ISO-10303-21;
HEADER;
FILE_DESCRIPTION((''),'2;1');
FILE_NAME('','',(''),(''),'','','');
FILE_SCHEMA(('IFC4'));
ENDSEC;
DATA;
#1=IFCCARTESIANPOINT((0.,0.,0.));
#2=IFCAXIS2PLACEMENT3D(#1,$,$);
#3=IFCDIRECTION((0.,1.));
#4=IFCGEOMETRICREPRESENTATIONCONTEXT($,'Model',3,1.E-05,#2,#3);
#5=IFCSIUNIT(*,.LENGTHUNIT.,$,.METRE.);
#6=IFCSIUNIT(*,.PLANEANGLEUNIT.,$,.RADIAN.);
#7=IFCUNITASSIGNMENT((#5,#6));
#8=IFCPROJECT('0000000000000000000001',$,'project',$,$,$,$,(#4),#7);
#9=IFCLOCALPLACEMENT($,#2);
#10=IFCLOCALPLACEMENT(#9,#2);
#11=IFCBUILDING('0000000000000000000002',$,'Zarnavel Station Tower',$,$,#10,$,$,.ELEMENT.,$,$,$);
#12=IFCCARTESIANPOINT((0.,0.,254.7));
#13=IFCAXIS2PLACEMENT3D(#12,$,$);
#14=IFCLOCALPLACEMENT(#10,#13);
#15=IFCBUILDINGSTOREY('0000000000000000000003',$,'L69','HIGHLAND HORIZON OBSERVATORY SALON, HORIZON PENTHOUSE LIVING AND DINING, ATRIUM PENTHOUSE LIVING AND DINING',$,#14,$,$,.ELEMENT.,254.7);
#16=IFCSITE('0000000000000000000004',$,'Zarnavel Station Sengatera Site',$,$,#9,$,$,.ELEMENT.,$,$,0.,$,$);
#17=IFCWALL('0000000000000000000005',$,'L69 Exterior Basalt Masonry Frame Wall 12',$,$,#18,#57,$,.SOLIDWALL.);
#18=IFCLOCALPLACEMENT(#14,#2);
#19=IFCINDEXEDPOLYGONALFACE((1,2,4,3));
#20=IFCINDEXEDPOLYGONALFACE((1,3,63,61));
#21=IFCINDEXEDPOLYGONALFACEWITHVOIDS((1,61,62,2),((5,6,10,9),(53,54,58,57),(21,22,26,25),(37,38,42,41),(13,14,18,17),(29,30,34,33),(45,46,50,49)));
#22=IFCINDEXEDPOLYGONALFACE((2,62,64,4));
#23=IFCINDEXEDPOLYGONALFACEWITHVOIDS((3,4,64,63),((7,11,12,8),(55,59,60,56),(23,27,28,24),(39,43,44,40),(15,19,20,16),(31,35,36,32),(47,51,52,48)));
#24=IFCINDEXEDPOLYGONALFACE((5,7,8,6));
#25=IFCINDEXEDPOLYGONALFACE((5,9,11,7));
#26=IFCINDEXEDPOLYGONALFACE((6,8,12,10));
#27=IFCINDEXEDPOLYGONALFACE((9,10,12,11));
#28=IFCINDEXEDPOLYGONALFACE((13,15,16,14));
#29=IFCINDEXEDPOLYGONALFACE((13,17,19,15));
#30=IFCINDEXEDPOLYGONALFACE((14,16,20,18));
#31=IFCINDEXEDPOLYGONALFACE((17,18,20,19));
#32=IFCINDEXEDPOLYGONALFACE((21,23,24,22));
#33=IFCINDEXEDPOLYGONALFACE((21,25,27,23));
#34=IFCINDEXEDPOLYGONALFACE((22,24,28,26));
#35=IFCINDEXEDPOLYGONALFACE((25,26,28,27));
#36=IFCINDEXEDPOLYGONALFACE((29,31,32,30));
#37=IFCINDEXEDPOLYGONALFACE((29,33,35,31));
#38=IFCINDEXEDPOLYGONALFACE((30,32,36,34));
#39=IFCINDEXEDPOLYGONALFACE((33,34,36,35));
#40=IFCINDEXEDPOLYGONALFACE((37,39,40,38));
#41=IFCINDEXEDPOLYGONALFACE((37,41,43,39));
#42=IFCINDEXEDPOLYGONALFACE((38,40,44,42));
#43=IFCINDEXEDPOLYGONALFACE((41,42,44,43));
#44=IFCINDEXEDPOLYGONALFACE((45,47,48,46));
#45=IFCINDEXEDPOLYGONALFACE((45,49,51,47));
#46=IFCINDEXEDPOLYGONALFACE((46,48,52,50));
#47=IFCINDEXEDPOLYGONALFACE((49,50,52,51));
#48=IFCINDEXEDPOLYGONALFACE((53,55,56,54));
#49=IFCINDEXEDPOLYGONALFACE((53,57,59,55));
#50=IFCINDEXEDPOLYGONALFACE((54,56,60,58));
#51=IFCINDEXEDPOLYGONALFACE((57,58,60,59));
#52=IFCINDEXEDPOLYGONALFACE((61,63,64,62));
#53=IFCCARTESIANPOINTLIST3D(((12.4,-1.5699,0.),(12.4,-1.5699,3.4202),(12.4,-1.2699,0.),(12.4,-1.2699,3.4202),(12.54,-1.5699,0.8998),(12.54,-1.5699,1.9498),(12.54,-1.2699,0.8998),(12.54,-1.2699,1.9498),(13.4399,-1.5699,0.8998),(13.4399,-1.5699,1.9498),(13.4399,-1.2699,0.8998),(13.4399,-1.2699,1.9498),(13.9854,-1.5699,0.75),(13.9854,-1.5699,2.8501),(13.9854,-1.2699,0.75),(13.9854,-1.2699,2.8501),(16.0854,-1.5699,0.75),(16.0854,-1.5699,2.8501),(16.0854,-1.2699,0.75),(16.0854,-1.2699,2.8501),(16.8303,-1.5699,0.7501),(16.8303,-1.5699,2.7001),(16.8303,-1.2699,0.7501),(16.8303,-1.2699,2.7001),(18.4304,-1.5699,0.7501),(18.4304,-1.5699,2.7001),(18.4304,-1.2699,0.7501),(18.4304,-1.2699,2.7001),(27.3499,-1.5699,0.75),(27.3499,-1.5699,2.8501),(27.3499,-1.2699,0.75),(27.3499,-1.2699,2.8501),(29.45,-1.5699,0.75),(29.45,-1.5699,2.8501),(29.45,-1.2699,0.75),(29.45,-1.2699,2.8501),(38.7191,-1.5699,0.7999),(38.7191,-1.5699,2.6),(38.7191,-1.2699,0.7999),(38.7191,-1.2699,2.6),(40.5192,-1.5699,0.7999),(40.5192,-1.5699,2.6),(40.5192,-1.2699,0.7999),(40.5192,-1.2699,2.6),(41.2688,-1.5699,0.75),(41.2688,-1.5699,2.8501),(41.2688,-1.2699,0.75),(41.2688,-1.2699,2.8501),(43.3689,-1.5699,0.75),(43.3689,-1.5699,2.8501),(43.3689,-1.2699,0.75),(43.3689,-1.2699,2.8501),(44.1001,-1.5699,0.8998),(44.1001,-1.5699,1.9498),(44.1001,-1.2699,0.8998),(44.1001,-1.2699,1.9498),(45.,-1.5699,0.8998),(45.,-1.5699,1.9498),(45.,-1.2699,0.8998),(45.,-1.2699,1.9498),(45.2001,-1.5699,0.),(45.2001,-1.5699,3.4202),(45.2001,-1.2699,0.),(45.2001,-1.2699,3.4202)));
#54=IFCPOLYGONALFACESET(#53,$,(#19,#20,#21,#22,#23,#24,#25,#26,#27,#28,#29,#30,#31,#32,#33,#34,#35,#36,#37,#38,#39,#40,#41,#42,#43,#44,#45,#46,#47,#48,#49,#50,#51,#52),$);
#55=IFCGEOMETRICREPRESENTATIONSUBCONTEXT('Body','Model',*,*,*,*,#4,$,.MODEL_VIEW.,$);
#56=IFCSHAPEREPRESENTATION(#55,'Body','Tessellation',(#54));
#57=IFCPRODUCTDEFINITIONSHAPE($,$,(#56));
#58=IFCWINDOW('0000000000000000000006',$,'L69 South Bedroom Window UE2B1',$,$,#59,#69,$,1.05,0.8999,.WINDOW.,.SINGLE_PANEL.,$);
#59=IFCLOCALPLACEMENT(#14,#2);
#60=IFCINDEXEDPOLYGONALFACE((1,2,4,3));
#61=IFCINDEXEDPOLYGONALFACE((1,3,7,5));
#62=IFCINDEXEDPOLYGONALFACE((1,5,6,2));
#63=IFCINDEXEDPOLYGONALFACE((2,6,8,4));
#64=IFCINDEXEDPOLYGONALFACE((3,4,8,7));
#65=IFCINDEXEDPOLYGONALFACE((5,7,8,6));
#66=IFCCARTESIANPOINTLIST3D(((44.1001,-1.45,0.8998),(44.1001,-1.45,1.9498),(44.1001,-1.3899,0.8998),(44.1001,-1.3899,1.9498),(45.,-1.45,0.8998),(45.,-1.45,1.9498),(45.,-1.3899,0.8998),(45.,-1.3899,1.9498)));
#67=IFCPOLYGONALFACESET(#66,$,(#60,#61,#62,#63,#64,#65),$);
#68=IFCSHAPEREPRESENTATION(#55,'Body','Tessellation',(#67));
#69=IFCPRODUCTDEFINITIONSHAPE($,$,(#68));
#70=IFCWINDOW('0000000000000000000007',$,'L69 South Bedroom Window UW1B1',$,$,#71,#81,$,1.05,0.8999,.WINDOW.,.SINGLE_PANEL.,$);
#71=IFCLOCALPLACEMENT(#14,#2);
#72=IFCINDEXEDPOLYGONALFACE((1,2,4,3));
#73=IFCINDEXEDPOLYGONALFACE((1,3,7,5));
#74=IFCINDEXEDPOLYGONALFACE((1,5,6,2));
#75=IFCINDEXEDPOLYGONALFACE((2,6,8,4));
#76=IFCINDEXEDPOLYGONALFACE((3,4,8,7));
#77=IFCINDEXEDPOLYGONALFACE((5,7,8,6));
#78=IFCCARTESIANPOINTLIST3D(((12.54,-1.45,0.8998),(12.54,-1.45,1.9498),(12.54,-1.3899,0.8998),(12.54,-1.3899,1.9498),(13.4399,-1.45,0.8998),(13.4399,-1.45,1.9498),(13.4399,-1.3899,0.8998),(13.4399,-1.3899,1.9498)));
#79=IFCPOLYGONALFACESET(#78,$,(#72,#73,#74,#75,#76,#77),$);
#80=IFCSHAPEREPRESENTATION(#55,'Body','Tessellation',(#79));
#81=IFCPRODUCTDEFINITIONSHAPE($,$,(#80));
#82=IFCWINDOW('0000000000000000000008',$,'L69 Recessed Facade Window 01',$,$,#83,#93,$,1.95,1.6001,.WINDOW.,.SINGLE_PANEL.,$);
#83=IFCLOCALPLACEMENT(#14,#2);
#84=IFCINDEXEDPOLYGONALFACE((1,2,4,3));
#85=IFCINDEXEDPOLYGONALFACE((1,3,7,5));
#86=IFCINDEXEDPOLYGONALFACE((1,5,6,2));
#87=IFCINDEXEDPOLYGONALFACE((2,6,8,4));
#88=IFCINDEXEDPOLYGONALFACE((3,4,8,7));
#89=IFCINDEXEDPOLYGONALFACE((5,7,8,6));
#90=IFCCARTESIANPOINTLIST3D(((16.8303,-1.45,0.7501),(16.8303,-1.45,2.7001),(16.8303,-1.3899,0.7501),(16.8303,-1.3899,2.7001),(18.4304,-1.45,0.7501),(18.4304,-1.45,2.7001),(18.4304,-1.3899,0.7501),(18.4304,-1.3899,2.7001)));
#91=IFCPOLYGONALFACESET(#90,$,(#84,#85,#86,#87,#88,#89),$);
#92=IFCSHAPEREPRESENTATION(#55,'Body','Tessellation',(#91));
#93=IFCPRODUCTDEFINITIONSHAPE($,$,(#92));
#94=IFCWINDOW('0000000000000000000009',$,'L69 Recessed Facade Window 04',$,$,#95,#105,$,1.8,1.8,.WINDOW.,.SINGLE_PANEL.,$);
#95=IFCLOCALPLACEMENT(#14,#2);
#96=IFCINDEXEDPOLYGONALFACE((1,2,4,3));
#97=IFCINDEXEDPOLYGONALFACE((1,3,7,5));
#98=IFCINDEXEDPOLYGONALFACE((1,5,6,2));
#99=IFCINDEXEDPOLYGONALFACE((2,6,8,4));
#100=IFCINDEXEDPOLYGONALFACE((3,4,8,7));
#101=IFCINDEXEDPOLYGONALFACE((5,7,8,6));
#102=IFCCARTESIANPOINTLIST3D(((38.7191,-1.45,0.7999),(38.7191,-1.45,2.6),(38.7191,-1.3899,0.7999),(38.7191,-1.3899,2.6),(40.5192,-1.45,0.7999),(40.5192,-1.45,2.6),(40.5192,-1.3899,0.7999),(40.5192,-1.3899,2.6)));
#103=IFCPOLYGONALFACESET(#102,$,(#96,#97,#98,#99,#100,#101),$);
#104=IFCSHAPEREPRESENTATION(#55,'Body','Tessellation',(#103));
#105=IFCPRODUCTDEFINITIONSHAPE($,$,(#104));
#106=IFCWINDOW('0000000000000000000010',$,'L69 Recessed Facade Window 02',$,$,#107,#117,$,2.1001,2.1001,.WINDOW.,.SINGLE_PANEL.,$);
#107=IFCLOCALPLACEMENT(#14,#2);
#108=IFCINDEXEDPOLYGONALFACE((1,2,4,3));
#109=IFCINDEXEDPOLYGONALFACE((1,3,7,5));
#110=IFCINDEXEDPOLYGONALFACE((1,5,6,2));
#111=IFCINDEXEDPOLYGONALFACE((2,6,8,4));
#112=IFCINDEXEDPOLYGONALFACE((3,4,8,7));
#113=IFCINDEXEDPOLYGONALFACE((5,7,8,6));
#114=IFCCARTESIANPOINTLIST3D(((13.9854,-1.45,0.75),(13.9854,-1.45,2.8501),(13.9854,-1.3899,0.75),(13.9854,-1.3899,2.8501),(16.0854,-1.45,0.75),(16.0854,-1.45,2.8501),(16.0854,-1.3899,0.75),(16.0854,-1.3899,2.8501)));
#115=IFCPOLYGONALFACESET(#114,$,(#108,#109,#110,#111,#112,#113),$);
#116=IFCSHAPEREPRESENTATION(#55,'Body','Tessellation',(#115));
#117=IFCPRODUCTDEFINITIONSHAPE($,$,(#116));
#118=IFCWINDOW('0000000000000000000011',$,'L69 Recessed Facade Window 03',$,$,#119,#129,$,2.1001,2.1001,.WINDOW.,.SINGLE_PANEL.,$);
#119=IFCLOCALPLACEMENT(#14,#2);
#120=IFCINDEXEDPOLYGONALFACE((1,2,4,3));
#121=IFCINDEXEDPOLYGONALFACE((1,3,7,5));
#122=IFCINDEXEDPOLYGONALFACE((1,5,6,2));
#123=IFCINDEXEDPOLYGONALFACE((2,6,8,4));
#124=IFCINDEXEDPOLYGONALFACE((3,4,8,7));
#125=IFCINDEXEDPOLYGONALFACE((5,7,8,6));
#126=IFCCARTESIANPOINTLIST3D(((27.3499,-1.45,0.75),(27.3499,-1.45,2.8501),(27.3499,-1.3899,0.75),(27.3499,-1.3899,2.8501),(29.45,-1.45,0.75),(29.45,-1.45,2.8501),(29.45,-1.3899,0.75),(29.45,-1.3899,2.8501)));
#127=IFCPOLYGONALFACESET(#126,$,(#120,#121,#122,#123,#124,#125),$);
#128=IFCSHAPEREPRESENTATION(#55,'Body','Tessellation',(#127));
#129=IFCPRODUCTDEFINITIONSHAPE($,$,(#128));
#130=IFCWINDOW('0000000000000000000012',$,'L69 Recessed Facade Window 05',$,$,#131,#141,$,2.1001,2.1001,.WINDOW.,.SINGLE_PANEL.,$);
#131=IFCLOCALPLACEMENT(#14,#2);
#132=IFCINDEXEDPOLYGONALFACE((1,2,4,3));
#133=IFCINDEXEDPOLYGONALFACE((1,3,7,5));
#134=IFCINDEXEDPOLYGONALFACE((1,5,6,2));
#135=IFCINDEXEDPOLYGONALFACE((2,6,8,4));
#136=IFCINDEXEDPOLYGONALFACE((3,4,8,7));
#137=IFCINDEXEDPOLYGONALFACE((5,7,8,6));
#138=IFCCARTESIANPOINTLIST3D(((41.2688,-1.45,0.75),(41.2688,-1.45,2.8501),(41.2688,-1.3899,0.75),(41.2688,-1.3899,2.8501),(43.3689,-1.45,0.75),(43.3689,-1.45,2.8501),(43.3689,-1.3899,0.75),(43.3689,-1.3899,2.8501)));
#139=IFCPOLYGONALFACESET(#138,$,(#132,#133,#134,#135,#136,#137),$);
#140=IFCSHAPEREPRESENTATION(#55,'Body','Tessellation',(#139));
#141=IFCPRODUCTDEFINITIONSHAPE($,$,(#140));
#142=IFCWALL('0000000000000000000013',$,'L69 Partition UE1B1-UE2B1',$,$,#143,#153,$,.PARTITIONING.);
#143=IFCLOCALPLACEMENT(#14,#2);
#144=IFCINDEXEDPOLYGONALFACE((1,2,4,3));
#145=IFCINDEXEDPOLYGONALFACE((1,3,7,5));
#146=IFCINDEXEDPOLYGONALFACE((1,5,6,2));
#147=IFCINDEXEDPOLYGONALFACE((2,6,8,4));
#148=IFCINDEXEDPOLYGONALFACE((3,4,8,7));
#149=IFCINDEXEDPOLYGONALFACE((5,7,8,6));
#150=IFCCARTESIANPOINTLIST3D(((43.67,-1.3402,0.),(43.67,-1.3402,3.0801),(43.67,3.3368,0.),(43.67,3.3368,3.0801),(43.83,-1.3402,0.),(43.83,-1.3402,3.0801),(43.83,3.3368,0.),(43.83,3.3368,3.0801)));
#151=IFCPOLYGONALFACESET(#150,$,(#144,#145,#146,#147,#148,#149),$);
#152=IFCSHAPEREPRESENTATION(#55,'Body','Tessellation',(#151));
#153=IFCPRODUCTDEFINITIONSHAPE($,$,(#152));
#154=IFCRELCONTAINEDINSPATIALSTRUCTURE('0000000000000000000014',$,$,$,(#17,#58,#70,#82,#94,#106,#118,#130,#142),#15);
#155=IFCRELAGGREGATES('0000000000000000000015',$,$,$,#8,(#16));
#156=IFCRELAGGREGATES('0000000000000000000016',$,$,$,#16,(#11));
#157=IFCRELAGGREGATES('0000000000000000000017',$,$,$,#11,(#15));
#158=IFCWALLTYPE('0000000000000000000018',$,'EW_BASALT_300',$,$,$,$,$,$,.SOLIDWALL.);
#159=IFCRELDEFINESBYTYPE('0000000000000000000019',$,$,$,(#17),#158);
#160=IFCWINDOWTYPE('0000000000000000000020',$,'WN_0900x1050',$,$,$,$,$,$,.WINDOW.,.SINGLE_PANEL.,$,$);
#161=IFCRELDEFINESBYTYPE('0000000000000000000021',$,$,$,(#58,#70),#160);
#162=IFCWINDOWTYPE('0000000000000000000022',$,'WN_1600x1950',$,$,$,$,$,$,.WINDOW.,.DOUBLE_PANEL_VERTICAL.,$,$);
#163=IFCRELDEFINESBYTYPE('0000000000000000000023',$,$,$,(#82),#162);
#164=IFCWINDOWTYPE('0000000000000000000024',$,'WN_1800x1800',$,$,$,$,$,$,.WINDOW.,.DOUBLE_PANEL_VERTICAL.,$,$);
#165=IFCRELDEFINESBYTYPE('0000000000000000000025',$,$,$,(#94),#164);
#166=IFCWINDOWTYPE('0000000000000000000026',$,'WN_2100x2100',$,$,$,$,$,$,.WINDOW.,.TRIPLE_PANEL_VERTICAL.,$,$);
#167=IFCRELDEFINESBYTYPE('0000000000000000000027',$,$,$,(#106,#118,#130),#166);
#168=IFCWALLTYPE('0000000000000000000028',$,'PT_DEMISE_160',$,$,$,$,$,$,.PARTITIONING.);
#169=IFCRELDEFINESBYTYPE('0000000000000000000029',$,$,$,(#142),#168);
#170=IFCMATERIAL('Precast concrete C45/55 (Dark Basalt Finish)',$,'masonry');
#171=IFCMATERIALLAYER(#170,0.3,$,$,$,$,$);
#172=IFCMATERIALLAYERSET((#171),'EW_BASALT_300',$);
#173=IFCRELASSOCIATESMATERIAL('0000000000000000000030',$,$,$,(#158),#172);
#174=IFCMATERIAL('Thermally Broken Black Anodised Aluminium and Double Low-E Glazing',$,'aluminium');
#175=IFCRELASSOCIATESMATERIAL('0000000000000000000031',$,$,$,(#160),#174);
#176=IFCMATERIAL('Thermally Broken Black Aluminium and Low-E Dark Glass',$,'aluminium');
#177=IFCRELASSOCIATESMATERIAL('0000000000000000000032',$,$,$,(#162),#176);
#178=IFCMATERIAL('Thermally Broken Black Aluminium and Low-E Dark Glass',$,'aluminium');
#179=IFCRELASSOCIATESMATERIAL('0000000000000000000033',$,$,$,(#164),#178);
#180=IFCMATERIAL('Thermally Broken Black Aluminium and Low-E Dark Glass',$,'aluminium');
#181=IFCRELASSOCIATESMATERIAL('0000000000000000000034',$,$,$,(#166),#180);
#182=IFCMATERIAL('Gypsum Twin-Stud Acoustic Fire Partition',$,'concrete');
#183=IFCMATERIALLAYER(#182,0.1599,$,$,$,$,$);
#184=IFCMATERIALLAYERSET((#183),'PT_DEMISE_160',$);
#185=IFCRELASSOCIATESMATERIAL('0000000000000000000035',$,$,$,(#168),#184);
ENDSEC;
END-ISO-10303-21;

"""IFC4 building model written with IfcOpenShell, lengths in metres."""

from ifc_helpers import new_model, si_unit, direction, frame, frame_2d, origin, place, context, subcontext, project, spatial, rectangle, extrude, material, layer, layer_set, type_object, element, fill, save


model = new_model("IFC4")

# Units and contexts
model_context = context("Model", 3, precision=1e-05, world=origin(), true_north=direction((0.0, 1.0)))
body_context = subcontext(model_context, "Body", "Model", "MODEL_VIEW")
ifc_project = project(units=[si_unit("LENGTHUNIT", "METRE"), si_unit("PLANEANGLEUNIT", "RADIAN")], contexts=[model_context])

# Site, building, storey
site_placement = place(None, origin())
site = spatial("IfcSite", under=ifc_project, at=site_placement, Name="Zarnavel Station Sengatera Site", CompositionType="ELEMENT", RefElevation=0.0)
building_placement = place(site_placement, origin())
building = spatial("IfcBuilding", under=site, at=building_placement, Name="Zarnavel Station Tower", CompositionType="ELEMENT")
storey_placement = place(building_placement, frame((0.0, 0.0, 254.7)))
storey = spatial("IfcBuildingStorey", under=building, at=storey_placement, Name="L69", Description="HIGHLAND HORIZON OBSERVATORY SALON, HORIZON PENTHOUSE LIVING AND DINING, ATRIUM PENTHOUSE LIVING AND DINING", CompositionType="ELEMENT", Elevation=254.7)

# Shared definitions
ifc_material_1 = material(Name="Precast concrete C45/55 (Dark Basalt Finish)", Category="masonry")
ifc_layer_1 = layer(ifc_material_1, 0.3)
ifc_layer_set_1 = layer_set([ifc_layer_1], Name="EW_BASALT_300")
wall_type_1 = type_object("IfcWallType", Name="EW_BASALT_300", PredefinedType="SOLIDWALL", material=ifc_layer_set_1)

# Wall, openings, windows
wall_1_placement = place(storey_placement, frame((45.2, -1.4199, 0.0), z_axis=(0.0, 0.0, 1.0), x_axis=(-1.0, 0.0, 0.0)))
wall_1 = element("IfcWall", 1, at=wall_1_placement, inside=storey, type_object=wall_type_1, Name="L69 Exterior Basalt Masonry Frame Wall 12", PredefinedType="SOLIDWALL", context=body_context, shape_type="SweptSolid", body=[
    extrude(rectangle(XDim=32.8, YDim=0.3, at=frame_2d((16.3999, 0.0))), origin(), (0.0, 0.0, 1.0), 3.4202),
])
opening_1_placement = place(wall_1_placement, frame((26.7695, 0.0, 0.75)))
opening_1 = element("IfcOpeningElement", 2, at=opening_1_placement, cuts=wall_1, PredefinedType="OPENING", context=body_context, shape_type="SweptSolid", body=[
    extrude(rectangle(XDim=1.6001, YDim=1.95, at=frame_2d((0.8, 0.9751))), frame((0.0, 0.1599, 0.0), z_axis=(0.0, -1.0, 0.0), x_axis=(1.0, 0.0, 0.0)), (0.0, 0.0, 1.0), 0.3201),
])
opening_2_placement = place(wall_1_placement, frame((29.1145, 0.0, 0.75)))
opening_2 = element("IfcOpeningElement", 3, at=opening_2_placement, cuts=wall_1, PredefinedType="OPENING", context=body_context, shape_type="SweptSolid", body=[
    extrude(rectangle(XDim=2.1001, YDim=2.1001, at=frame_2d((1.05, 1.05))), frame((0.0, 0.1599, 0.0), z_axis=(0.0, -1.0, 0.0), x_axis=(1.0, 0.0, 0.0)), (0.0, 0.0, 1.0), 0.3201),
])
opening_3_placement = place(wall_1_placement, frame((15.75, 0.0, 0.75)))
opening_3 = element("IfcOpeningElement", 4, at=opening_3_placement, cuts=wall_1, PredefinedType="OPENING", context=body_context, shape_type="SweptSolid", body=[
    extrude(rectangle(XDim=2.1001, YDim=2.1001, at=frame_2d((1.05, 1.05))), frame((0.0, 0.1599, 0.0), z_axis=(0.0, -1.0, 0.0), x_axis=(1.0, 0.0, 0.0)), (0.0, 0.0, 1.0), 0.3201),
])
opening_4_placement = place(wall_1_placement, frame((4.6809, 0.0, 0.8)))
opening_4 = element("IfcOpeningElement", 5, at=opening_4_placement, cuts=wall_1, PredefinedType="OPENING", context=body_context, shape_type="SweptSolid", body=[
    extrude(rectangle(XDim=1.8, YDim=1.8, at=frame_2d((0.8999, 0.8999))), frame((0.0, 0.1599, 0.0), z_axis=(0.0, -1.0, 0.0), x_axis=(1.0, 0.0, 0.0)), (0.0, 0.0, 1.0), 0.3201),
])
opening_5_placement = place(wall_1_placement, frame((1.8311, 0.0, 0.75)))
opening_5 = element("IfcOpeningElement", 6, at=opening_5_placement, cuts=wall_1, PredefinedType="OPENING", context=body_context, shape_type="SweptSolid", body=[
    extrude(rectangle(XDim=2.1001, YDim=2.1001, at=frame_2d((1.05, 1.05))), frame((0.0, 0.1599, 0.0), z_axis=(0.0, -1.0, 0.0), x_axis=(1.0, 0.0, 0.0)), (0.0, 0.0, 1.0), 0.3201),
])
opening_6_placement = place(wall_1_placement, frame((0.2, 0.0, 0.8999)))
opening_6 = element("IfcOpeningElement", 7, at=opening_6_placement, cuts=wall_1, PredefinedType="OPENING", context=body_context, shape_type="SweptSolid", body=[
    extrude(rectangle(XDim=0.8999, YDim=1.05, at=frame_2d((0.45, 0.5249))), frame((0.0, 0.1599, 0.0), z_axis=(0.0, -1.0, 0.0), x_axis=(1.0, 0.0, 0.0)), (0.0, 0.0, 1.0), 0.3201),
])
opening_7_placement = place(wall_1_placement, frame((31.76, 0.0, 0.8999)))
opening_7 = element("IfcOpeningElement", 8, at=opening_7_placement, cuts=wall_1, PredefinedType="OPENING", context=body_context, shape_type="SweptSolid", body=[
    extrude(rectangle(XDim=0.8999, YDim=1.05, at=frame_2d((0.45, 0.5249))), frame((0.0, 0.1599, 0.0), z_axis=(0.0, -1.0, 0.0), x_axis=(1.0, 0.0, 0.0)), (0.0, 0.0, 1.0), 0.3201),
])
ifc_material_2 = material(Name="Thermally Broken Black Anodised Aluminium and Double Low-E Glazing", Category="aluminium")
window_type_1 = type_object("IfcWindowType", Name="WN_0900x1050", PartitioningType="SINGLE_PANEL", PredefinedType="WINDOW", material=ifc_material_2)
window_1_placement = place(opening_6_placement, origin())
window_1 = element("IfcWindow", 9, at=window_1_placement, inside=storey, type_object=window_type_1, Name="L69 South Bedroom Window UE2B1", OverallHeight=1.05, OverallWidth=0.8999, PartitioningType="SINGLE_PANEL", PredefinedType="WINDOW", context=body_context, shape_type="SweptSolid", body=[
    extrude(rectangle(XDim=0.8999, YDim=1.05, at=frame_2d((0.45, 0.5249))), frame((0.0, 0.03, 0.0), z_axis=(0.0, -1.0, 0.0), x_axis=(1.0, 0.0, 0.0)), (0.0, 0.0, 1.0), 0.0601),
])
fill(opening_6, window_1)
window_2_placement = place(opening_7_placement, origin())
window_2 = element("IfcWindow", 10, at=window_2_placement, inside=storey, type_object=window_type_1, Name="L69 South Bedroom Window UW1B1", OverallHeight=1.05, OverallWidth=0.8999, PartitioningType="SINGLE_PANEL", PredefinedType="WINDOW", context=body_context, shape_type="SweptSolid", body=[
    extrude(rectangle(XDim=0.8999, YDim=1.05, at=frame_2d((0.45, 0.5249))), frame((0.0, 0.03, 0.0), z_axis=(0.0, -1.0, 0.0), x_axis=(1.0, 0.0, 0.0)), (0.0, 0.0, 1.0), 0.0601),
])
fill(opening_7, window_2)
ifc_material_3 = material(Name="Thermally Broken Black Aluminium and Low-E Dark Glass", Category="aluminium")
window_type_2 = type_object("IfcWindowType", Name="WN_1600x1950", PartitioningType="DOUBLE_PANEL_VERTICAL", PredefinedType="WINDOW", material=ifc_material_3)
window_3_placement = place(opening_1_placement, origin())
window_3 = element("IfcWindow", 11, at=window_3_placement, inside=storey, type_object=window_type_2, Name="L69 Recessed Facade Window 01", OverallHeight=1.95, OverallWidth=1.6001, PartitioningType="SINGLE_PANEL", PredefinedType="WINDOW", context=body_context, shape_type="SweptSolid", body=[
    extrude(rectangle(XDim=1.6001, YDim=1.95, at=frame_2d((0.8, 0.9751))), frame((0.0, 0.03, 0.0), z_axis=(0.0, -1.0, 0.0), x_axis=(1.0, 0.0, 0.0)), (0.0, 0.0, 1.0), 0.0601),
])
fill(opening_1, window_3)
ifc_material_4 = material(Name="Thermally Broken Black Aluminium and Low-E Dark Glass", Category="aluminium")
window_type_3 = type_object("IfcWindowType", Name="WN_1800x1800", PartitioningType="DOUBLE_PANEL_VERTICAL", PredefinedType="WINDOW", material=ifc_material_4)
window_4_placement = place(opening_4_placement, origin())
window_4 = element("IfcWindow", 12, at=window_4_placement, inside=storey, type_object=window_type_3, Name="L69 Recessed Facade Window 04", OverallHeight=1.8, OverallWidth=1.8, PartitioningType="SINGLE_PANEL", PredefinedType="WINDOW", context=body_context, shape_type="SweptSolid", body=[
    extrude(rectangle(XDim=1.8, YDim=1.8, at=frame_2d((0.8999, 0.8999))), frame((0.0, 0.03, 0.0), z_axis=(0.0, -1.0, 0.0), x_axis=(1.0, 0.0, 0.0)), (0.0, 0.0, 1.0), 0.0601),
])
fill(opening_4, window_4)
ifc_material_5 = material(Name="Thermally Broken Black Aluminium and Low-E Dark Glass", Category="aluminium")
window_type_4 = type_object("IfcWindowType", Name="WN_2100x2100", PartitioningType="TRIPLE_PANEL_VERTICAL", PredefinedType="WINDOW", material=ifc_material_5)
window_5_placement = place(opening_2_placement, origin())
window_5 = element("IfcWindow", 13, at=window_5_placement, inside=storey, type_object=window_type_4, Name="L69 Recessed Facade Window 02", OverallHeight=2.1001, OverallWidth=2.1001, PartitioningType="SINGLE_PANEL", PredefinedType="WINDOW", context=body_context, shape_type="SweptSolid", body=[
    extrude(rectangle(XDim=2.1001, YDim=2.1001, at=frame_2d((1.05, 1.05))), frame((0.0, 0.03, 0.0), z_axis=(0.0, -1.0, 0.0), x_axis=(1.0, 0.0, 0.0)), (0.0, 0.0, 1.0), 0.0601),
])
fill(opening_2, window_5)
window_6_placement = place(opening_3_placement, origin())
window_6 = element("IfcWindow", 14, at=window_6_placement, inside=storey, type_object=window_type_4, Name="L69 Recessed Facade Window 03", OverallHeight=2.1001, OverallWidth=2.1001, PartitioningType="SINGLE_PANEL", PredefinedType="WINDOW", context=body_context, shape_type="SweptSolid", body=[
    extrude(rectangle(XDim=2.1001, YDim=2.1001, at=frame_2d((1.05, 1.05))), frame((0.0, 0.03, 0.0), z_axis=(0.0, -1.0, 0.0), x_axis=(1.0, 0.0, 0.0)), (0.0, 0.0, 1.0), 0.0601),
])
fill(opening_3, window_6)
window_7_placement = place(opening_5_placement, origin())
window_7 = element("IfcWindow", 15, at=window_7_placement, inside=storey, type_object=window_type_4, Name="L69 Recessed Facade Window 05", OverallHeight=2.1001, OverallWidth=2.1001, PartitioningType="SINGLE_PANEL", PredefinedType="WINDOW", context=body_context, shape_type="SweptSolid", body=[
    extrude(rectangle(XDim=2.1001, YDim=2.1001, at=frame_2d((1.05, 1.05))), frame((0.0, 0.03, 0.0), z_axis=(0.0, -1.0, 0.0), x_axis=(1.0, 0.0, 0.0)), (0.0, 0.0, 1.0), 0.0601),
])
fill(opening_5, window_7)

# Wall
ifc_material_6 = material(Name="Gypsum Twin-Stud Acoustic Fire Partition", Category="concrete")
ifc_layer_2 = layer(ifc_material_6, 0.1599)
ifc_layer_set_2 = layer_set([ifc_layer_2], Name="PT_DEMISE_160")
wall_type_2 = type_object("IfcWallType", Name="PT_DEMISE_160", PredefinedType="PARTITIONING", material=ifc_layer_set_2)
wall_2_placement = place(storey_placement, frame((43.75, -1.3401, 0.0), z_axis=(0.0, 0.0, 1.0), x_axis=(0.0, 1.0, 0.0)))
element("IfcWall", 16, at=wall_2_placement, inside=storey, type_object=wall_type_2, Name="L69 Partition UE1B1-UE2B1", PredefinedType="PARTITIONING", context=body_context, shape_type="SweptSolid", body=[
    extrude(rectangle(XDim=4.677, YDim=0.1599, at=frame_2d((2.3384, 0.0))), origin(), (0.0, 0.0, 1.0), 3.0801),
])

save(model, "model.ifc")
